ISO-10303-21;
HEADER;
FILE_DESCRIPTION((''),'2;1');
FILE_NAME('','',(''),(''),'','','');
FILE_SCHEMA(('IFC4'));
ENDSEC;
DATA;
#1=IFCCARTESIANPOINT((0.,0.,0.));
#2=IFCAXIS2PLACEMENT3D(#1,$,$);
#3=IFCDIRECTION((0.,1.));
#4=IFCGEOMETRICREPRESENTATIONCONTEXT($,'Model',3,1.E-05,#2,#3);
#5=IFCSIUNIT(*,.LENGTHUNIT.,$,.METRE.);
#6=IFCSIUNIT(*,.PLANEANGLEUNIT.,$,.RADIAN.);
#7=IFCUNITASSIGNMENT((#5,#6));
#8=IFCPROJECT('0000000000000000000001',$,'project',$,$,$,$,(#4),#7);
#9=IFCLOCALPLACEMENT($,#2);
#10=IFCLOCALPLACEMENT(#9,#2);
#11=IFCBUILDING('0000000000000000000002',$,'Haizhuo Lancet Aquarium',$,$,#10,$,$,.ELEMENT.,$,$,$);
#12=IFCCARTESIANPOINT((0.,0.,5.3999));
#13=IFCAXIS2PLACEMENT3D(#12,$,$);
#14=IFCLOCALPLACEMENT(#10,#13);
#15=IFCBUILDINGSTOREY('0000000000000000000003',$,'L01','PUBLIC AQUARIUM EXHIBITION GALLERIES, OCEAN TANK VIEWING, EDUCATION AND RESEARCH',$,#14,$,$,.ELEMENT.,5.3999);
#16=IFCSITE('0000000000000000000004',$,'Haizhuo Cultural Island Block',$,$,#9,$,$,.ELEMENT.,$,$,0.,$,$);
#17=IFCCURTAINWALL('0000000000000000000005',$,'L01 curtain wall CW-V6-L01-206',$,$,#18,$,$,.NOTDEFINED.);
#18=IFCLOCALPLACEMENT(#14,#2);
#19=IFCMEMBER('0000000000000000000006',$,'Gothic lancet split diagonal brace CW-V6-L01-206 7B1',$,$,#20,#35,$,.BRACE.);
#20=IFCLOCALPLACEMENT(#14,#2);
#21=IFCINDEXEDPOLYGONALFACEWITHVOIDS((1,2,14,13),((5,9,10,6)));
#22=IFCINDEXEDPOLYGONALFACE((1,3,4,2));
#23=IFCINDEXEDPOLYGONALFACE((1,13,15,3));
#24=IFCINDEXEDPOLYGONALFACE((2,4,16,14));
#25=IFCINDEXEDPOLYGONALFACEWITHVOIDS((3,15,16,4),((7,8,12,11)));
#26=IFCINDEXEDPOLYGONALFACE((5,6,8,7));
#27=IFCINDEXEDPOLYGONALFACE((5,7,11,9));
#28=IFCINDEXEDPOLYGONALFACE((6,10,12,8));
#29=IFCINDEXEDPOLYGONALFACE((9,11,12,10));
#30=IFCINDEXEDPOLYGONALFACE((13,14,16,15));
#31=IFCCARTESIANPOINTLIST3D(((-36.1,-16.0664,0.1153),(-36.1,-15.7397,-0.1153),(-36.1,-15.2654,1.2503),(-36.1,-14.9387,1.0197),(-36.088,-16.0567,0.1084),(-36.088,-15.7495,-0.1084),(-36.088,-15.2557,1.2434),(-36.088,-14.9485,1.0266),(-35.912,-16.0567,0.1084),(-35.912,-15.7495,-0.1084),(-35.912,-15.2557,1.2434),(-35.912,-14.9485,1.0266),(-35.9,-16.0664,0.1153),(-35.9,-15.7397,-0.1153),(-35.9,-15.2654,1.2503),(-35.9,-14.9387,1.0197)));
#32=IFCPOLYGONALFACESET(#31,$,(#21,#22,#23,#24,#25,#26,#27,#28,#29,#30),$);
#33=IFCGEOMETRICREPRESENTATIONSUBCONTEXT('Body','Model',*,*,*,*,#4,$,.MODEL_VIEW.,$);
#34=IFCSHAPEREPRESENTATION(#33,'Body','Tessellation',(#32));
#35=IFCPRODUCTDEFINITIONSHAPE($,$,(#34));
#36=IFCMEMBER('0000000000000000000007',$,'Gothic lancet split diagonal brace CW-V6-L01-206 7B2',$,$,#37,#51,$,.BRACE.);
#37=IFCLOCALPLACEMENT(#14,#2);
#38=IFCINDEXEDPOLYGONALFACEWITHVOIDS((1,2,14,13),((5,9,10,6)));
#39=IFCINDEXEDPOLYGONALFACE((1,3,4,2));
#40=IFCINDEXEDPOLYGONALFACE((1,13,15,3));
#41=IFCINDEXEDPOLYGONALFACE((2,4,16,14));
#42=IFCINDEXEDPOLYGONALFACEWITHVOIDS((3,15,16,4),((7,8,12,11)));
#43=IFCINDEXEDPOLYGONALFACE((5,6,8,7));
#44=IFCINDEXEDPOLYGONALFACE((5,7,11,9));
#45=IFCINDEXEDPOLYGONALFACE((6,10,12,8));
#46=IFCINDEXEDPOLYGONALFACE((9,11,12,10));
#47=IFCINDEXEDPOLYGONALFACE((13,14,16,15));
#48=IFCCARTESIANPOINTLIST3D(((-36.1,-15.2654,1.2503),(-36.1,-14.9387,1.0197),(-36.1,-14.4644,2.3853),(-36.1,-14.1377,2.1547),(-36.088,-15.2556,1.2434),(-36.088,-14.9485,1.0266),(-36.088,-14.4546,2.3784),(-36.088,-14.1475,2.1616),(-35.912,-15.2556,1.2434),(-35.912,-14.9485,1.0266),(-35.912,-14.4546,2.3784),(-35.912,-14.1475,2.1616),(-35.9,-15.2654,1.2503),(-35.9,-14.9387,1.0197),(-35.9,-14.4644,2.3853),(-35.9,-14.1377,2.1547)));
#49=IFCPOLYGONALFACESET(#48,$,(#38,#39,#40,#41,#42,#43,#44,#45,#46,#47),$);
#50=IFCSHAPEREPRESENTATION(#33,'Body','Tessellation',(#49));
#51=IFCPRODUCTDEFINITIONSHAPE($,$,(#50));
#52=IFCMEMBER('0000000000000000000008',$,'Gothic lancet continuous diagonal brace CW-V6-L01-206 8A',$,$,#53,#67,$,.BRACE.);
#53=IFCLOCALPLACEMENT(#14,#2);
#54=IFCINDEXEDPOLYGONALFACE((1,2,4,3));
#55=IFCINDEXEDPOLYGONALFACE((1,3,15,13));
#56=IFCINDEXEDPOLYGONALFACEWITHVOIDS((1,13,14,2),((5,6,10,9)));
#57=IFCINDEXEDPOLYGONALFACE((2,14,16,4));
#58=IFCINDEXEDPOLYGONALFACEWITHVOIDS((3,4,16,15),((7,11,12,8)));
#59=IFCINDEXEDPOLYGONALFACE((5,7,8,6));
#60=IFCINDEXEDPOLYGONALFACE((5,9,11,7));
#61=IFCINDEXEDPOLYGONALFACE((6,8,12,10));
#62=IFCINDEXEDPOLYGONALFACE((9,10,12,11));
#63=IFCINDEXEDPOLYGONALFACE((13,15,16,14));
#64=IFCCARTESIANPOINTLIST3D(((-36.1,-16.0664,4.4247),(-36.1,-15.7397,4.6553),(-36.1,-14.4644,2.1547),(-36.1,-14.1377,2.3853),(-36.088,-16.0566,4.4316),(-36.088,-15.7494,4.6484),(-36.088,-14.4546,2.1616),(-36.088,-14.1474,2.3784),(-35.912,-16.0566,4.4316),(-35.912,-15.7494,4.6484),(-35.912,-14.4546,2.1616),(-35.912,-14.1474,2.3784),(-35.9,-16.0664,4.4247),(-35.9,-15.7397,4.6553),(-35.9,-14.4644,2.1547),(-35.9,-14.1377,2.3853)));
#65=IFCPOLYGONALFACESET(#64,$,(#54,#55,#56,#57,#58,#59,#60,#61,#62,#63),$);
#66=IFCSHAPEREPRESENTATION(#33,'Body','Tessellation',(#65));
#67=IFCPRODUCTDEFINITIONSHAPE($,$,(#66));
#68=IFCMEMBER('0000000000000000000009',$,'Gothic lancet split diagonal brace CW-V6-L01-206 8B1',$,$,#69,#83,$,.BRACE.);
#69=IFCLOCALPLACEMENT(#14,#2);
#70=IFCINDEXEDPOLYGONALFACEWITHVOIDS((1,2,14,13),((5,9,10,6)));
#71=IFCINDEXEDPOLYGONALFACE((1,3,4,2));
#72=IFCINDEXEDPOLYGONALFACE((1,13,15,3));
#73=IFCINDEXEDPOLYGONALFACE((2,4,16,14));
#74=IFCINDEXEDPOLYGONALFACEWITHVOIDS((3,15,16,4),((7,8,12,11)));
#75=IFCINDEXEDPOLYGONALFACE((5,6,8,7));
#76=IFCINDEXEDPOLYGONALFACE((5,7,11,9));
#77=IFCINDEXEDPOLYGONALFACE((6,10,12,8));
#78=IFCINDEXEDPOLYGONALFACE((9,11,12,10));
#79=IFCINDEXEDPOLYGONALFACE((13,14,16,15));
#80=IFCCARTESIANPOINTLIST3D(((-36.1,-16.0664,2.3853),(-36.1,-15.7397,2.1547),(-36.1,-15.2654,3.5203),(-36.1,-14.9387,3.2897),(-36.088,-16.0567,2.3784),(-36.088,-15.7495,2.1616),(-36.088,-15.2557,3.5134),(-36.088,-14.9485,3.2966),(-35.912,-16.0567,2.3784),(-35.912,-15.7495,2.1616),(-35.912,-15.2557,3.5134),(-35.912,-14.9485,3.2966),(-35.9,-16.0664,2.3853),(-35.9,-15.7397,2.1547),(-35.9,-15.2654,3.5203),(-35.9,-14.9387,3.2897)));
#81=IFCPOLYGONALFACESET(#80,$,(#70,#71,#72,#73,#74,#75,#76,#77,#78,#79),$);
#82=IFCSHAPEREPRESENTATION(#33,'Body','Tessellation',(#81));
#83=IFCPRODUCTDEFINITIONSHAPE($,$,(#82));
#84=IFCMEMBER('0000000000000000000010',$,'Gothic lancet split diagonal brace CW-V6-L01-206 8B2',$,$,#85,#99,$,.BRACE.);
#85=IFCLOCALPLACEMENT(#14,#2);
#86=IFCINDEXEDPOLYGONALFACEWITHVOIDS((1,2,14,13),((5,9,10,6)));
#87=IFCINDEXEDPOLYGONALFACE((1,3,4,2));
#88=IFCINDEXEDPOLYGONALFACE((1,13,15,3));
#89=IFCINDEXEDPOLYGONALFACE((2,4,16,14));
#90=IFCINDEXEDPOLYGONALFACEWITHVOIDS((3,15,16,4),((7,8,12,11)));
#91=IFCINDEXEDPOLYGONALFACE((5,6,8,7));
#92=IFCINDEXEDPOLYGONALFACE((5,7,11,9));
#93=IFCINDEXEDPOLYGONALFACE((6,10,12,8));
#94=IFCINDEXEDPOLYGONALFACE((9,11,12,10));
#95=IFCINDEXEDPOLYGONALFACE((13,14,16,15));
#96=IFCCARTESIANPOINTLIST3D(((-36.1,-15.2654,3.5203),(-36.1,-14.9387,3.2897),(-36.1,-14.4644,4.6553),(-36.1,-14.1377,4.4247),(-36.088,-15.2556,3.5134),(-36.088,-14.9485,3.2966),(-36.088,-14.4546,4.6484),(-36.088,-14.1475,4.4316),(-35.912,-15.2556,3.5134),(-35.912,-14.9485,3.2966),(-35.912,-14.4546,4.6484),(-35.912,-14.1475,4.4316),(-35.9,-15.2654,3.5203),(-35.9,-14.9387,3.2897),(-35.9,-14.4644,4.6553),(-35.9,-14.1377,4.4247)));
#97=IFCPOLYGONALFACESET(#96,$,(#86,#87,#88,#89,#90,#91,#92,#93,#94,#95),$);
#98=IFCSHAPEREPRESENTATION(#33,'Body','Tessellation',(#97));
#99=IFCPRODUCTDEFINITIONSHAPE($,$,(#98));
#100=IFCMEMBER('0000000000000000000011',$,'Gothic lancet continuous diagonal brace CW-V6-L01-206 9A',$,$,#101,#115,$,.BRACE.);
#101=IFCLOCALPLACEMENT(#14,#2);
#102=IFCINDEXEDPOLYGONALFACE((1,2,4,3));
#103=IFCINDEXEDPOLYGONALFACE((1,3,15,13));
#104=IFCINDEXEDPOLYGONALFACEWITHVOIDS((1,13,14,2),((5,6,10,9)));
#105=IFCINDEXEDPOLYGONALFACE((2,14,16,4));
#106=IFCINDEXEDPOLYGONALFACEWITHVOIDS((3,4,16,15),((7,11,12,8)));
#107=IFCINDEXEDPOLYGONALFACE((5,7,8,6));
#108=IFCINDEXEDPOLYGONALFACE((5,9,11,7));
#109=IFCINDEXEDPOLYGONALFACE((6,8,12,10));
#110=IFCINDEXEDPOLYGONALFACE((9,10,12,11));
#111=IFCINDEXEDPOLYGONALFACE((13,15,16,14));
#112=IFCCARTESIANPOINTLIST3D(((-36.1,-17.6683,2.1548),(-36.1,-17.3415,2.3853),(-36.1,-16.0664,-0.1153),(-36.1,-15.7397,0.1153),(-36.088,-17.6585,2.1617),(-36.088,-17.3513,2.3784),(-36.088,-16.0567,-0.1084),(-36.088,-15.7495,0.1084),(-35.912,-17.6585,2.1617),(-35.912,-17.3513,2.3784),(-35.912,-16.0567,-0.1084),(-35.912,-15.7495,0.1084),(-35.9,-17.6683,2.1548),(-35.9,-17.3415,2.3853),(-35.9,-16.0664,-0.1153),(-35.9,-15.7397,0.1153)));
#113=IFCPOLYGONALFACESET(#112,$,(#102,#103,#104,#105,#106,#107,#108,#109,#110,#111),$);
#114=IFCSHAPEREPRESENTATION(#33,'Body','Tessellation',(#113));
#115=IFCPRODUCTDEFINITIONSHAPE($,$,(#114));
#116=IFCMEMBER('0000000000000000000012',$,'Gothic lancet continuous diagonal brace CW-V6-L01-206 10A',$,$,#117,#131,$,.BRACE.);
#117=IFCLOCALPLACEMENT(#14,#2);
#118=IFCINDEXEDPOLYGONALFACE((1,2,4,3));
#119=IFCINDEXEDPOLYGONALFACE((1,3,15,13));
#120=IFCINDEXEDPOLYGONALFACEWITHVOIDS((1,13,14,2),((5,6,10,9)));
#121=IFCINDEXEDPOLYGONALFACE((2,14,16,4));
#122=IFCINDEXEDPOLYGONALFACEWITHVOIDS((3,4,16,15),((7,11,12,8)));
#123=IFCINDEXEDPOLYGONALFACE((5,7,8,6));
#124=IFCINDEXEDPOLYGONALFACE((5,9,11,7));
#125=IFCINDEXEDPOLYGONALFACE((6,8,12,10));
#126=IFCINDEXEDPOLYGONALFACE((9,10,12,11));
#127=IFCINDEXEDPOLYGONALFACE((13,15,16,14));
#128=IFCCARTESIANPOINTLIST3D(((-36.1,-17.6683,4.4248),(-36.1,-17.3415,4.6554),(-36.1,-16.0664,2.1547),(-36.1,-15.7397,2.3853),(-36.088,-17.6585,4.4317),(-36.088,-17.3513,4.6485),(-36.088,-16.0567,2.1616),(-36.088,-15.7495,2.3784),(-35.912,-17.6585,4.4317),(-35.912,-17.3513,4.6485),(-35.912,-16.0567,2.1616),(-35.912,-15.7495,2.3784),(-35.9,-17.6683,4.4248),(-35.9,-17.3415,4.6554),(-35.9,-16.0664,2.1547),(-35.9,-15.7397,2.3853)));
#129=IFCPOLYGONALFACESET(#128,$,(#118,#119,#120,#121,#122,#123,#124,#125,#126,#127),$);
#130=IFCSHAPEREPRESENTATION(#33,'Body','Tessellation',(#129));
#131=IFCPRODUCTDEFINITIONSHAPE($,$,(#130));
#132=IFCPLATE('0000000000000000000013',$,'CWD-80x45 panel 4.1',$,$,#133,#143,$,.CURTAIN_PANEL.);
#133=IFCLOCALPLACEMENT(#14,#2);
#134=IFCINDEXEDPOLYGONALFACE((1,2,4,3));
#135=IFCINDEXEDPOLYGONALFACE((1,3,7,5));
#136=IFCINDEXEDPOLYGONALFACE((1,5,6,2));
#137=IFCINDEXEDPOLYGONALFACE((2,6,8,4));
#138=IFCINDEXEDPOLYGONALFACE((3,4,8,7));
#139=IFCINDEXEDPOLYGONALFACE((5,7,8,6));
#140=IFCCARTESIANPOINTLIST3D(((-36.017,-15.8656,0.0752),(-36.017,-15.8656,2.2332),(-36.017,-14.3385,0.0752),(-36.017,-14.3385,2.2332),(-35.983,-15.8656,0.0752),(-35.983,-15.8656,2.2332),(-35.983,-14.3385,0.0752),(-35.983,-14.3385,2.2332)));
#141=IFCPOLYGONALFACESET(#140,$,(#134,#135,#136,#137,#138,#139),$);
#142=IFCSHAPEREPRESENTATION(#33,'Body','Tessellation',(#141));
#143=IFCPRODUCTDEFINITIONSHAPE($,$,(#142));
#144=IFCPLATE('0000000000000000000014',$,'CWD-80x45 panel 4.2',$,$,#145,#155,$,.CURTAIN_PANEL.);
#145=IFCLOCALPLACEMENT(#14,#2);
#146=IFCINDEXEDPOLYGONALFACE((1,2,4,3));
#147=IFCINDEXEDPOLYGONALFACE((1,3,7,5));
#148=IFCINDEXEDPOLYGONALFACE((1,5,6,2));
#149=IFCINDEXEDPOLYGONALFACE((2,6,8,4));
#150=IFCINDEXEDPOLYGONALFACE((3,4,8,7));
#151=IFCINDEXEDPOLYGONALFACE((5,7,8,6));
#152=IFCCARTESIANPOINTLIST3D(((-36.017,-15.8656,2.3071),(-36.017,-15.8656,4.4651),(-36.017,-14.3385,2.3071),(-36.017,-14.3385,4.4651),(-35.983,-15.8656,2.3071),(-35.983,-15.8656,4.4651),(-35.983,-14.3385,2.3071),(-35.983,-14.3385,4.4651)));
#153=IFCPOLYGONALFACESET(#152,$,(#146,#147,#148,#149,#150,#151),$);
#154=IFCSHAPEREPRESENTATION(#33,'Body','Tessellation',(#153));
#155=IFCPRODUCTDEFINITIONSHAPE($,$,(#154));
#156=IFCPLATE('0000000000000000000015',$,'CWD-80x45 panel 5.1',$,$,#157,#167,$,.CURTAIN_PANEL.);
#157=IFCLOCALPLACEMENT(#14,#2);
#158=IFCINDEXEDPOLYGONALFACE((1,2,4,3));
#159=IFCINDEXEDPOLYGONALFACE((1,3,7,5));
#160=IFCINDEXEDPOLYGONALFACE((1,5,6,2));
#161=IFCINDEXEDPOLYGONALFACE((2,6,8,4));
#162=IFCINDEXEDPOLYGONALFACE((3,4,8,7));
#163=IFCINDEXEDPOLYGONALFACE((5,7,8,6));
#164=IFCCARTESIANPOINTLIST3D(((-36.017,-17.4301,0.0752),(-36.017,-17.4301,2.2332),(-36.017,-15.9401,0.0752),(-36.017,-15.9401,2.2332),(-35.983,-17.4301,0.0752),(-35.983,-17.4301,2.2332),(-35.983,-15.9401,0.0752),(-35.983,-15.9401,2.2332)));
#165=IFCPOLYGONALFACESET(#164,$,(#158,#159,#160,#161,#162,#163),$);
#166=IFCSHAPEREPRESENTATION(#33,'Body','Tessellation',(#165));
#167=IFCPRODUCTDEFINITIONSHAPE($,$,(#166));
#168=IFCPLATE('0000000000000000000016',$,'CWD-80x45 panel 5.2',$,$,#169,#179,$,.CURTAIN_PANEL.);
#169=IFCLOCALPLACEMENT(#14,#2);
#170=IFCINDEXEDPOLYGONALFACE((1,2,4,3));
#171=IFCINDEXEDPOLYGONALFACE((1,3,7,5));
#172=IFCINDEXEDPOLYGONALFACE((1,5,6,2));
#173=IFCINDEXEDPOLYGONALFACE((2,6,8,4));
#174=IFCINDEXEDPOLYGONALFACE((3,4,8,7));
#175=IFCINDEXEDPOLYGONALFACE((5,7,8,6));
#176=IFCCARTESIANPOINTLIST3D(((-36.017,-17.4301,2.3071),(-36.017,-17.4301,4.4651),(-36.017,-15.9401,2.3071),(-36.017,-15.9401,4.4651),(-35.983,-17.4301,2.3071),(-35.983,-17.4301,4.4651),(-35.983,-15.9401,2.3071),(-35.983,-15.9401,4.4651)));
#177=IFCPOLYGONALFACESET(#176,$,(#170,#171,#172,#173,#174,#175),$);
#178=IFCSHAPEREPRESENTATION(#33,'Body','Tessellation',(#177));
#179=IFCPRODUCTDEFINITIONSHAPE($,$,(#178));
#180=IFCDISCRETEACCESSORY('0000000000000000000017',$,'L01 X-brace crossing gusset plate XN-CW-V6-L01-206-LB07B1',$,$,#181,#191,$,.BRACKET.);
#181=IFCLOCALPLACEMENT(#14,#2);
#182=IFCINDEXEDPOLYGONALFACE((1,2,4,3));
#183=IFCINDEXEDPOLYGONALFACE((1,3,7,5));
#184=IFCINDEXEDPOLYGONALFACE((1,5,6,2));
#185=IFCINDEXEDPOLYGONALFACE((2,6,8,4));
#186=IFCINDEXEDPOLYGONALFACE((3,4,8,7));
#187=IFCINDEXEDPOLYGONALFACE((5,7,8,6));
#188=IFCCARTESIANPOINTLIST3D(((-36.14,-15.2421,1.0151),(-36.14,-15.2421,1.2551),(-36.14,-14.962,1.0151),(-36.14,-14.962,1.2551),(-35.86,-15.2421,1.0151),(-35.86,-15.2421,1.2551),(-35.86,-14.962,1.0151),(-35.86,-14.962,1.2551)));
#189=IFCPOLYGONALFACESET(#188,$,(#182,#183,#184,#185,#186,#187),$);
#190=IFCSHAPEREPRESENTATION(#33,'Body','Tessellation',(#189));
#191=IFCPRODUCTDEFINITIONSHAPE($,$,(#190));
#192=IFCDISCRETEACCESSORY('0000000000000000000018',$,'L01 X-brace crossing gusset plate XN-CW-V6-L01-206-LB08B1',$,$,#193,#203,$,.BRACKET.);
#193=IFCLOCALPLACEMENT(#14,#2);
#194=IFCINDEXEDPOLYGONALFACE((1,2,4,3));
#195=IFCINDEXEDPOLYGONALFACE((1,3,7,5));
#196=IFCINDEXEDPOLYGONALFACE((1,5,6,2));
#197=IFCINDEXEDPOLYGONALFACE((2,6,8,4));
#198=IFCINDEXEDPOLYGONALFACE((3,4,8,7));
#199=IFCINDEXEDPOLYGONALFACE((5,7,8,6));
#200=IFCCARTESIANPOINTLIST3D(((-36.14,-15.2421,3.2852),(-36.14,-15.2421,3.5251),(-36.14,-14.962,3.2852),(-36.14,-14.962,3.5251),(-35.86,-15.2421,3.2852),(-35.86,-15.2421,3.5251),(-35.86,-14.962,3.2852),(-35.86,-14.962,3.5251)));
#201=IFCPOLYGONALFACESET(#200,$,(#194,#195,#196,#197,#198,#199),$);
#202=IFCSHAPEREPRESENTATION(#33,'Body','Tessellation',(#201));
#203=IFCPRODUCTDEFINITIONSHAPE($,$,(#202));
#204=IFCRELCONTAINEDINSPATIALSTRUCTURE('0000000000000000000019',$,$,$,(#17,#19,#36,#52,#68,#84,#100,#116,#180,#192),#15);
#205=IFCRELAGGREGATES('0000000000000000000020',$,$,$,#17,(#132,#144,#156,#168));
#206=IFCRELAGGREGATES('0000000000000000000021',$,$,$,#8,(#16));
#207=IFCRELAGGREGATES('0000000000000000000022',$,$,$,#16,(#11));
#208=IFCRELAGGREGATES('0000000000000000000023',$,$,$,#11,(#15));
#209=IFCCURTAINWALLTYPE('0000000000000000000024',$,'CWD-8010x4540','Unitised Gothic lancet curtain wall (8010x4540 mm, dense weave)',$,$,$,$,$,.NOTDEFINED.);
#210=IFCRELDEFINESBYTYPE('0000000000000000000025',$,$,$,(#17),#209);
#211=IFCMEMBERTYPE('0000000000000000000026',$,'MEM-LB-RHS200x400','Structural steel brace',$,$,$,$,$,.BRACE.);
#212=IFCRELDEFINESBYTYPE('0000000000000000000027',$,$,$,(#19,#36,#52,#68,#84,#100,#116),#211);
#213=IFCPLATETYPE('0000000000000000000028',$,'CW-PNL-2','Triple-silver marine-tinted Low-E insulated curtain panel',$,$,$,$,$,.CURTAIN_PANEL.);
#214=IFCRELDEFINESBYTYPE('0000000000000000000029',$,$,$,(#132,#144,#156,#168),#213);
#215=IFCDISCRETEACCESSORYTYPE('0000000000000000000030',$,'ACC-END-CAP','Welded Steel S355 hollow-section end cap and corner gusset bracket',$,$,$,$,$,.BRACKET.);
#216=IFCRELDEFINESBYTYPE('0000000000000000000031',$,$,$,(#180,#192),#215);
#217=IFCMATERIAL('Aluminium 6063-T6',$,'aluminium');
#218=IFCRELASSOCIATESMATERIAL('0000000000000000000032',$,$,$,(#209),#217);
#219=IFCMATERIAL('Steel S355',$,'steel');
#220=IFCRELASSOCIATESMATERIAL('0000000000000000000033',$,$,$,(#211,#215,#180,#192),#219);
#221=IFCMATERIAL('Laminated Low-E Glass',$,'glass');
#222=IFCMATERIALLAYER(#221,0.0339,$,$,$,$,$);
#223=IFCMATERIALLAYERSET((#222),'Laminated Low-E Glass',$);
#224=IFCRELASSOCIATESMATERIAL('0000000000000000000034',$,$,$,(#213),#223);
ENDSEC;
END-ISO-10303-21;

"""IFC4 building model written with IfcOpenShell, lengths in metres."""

from ifc_helpers import new_model, si_unit, direction, frame, origin, origin_2d, place, context, subcontext, project, spatial, rectangle, hollow_rectangle, extrude, material, layer, layer_set, material_profile, profile_set, type_object, element, aggregate, save


model = new_model("IFC4")

# Units and contexts
model_context = context("Model", 3, precision=1e-05, world=origin(), true_north=direction((0.0, 1.0)))
body_context = subcontext(model_context, "Body", "Model", "MODEL_VIEW")
ifc_project = project(units=[si_unit("LENGTHUNIT", "METRE"), si_unit("PLANEANGLEUNIT", "RADIAN")], contexts=[model_context])

# Site, building, storey
site_placement = place(None, origin())
site = spatial("IfcSite", under=ifc_project, at=site_placement, Name="Haizhuo Cultural Island Block", CompositionType="ELEMENT", RefElevation=0.0)
building_placement = place(site_placement, origin())
building = spatial("IfcBuilding", under=site, at=building_placement, Name="Haizhuo Lancet Aquarium", CompositionType="ELEMENT")
storey_placement = place(building_placement, frame((0.0, 0.0, 5.3999)))
storey = spatial("IfcBuildingStorey", under=building, at=storey_placement, Name="L01", Description="PUBLIC AQUARIUM EXHIBITION GALLERIES, OCEAN TANK VIEWING, EDUCATION AND RESEARCH", CompositionType="ELEMENT", Elevation=5.3999)

# Curtain wall
ifc_material_1 = material(Name="Aluminium 6063-T6", Category="aluminium")
curtain_wall_type = type_object("IfcCurtainWallType", Name="CWD-8010x4540", Description="Unitised Gothic lancet curtain wall (8010x4540 mm, dense weave)", PredefinedType="NOTDEFINED", material=ifc_material_1)
curtain_wall_placement = place(storey_placement, origin())
curtain_wall = element("IfcCurtainWall", 1, at=curtain_wall_placement, inside=storey, type_object=curtain_wall_type, Name="L01 curtain wall CW-V6-L01-206", PredefinedType="NOTDEFINED")

# Members
ifc_material_2 = material(Name="Steel S355", Category="steel")
ifc_material_profile_1 = material_profile(ifc_material_2, hollow_rectangle(XDim=0.2, YDim=0.3999, WallThickness=0.012, at=origin_2d()), Name="RHS 200x400x12")
ifc_profile_set_1 = profile_set([ifc_material_profile_1], Name="Steel S355")
member_type_1 = type_object("IfcMemberType", Name="MEM-LB-RHS200x400", Description="Structural steel brace", PredefinedType="BRACE", material=ifc_profile_set_1)
for number, where, z_axis, x_axis, name in (
    (2, (-36.0, -15.9031, 0.0), (0.0, 0.576607, 0.817021), (-1.0, 0.0, 0.0), "Gothic lancet split diagonal brace CW-V6-L01-206 7B1"),
    (3, (-36.0, -15.1021, 1.135), (0.0, 0.576607, 0.817021), (-1.0, 0.0, 0.0), "Gothic lancet split diagonal brace CW-V6-L01-206 7B2"),
):
    element("IfcMember", number, at=place(storey_placement, frame(where, z_axis=z_axis, x_axis=x_axis)), inside=storey, type_object=member_type_1, Name=name, PredefinedType="BRACE", context=body_context, shape_type="SweptSolid", body=[
        extrude(hollow_rectangle(XDim=0.2, YDim=0.3999, WallThickness=0.012, at=origin_2d()), origin(), (0.0, 0.0, 1.0), 1.3892),
    ])
member_1_placement = place(storey_placement, frame((-36.0, -14.301, 2.27), z_axis=(0.0, -0.576607, 0.817021), x_axis=(1.0, 0.0, 0.0)))
element("IfcMember", 4, at=member_1_placement, inside=storey, type_object=member_type_1, Name="Gothic lancet continuous diagonal brace CW-V6-L01-206 8A", PredefinedType="BRACE", context=body_context, shape_type="SweptSolid", body=[
    extrude(hollow_rectangle(XDim=0.2, YDim=0.3999, WallThickness=0.012, at=origin_2d()), origin(), (0.0, 0.0, 1.0), 2.7783),
])
for number, where, z_axis, x_axis, name in (
    (5, (-36.0, -15.9031, 2.27), (0.0, 0.576607, 0.817021), (-1.0, 0.0, 0.0), "Gothic lancet split diagonal brace CW-V6-L01-206 8B1"),
    (6, (-36.0, -15.1021, 3.405), (0.0, 0.576607, 0.817021), (-1.0, 0.0, 0.0), "Gothic lancet split diagonal brace CW-V6-L01-206 8B2"),
):
    element("IfcMember", number, at=place(storey_placement, frame(where, z_axis=z_axis, x_axis=x_axis)), inside=storey, type_object=member_type_1, Name=name, PredefinedType="BRACE", context=body_context, shape_type="SweptSolid", body=[
        extrude(hollow_rectangle(XDim=0.2, YDim=0.3999, WallThickness=0.012, at=origin_2d()), origin(), (0.0, 0.0, 1.0), 1.3892),
    ])
for number, where, z_axis, x_axis, name in (
    (7, (-36.0, -15.9031, 0.0), (0.0, -0.576549, 0.817063), (1.0, 0.0, 0.0), "Gothic lancet continuous diagonal brace CW-V6-L01-206 9A"),
    (8, (-36.0, -15.9031, 2.27), (0.0, -0.576549, 0.817063), (1.0, 0.0, 0.0), "Gothic lancet continuous diagonal brace CW-V6-L01-206 10A"),
):
    element("IfcMember", number, at=place(storey_placement, frame(where, z_axis=z_axis, x_axis=x_axis)), inside=storey, type_object=member_type_1, Name=name, PredefinedType="BRACE", context=body_context, shape_type="SweptSolid", body=[
        extrude(hollow_rectangle(XDim=0.2, YDim=0.3999, WallThickness=0.012, at=origin_2d()), origin(), (0.0, 0.0, 1.0), 2.7783),
    ])

# Plates
ifc_material_3 = material(Name="Laminated Low-E Glass", Category="glass")
ifc_layer = layer(ifc_material_3, 0.0339)
ifc_layer_set = layer_set([ifc_layer], Name="Laminated Low-E Glass")
plate_type = type_object("IfcPlateType", Name="CW-PNL-2", Description="Triple-silver marine-tinted Low-E insulated curtain panel", PredefinedType="CURTAIN_PANEL", material=ifc_layer_set)
plate_1_placement = place(storey_placement, frame((-36.0, -15.1021, 0.0752), z_axis=(0.0, 0.0, 1.0), x_axis=(0.0, -1.0, 0.0)))
plate_1 = element("IfcPlate", 9, at=plate_1_placement, type_object=plate_type, Name="CWD-80x45 panel 4.1", PredefinedType="CURTAIN_PANEL", context=body_context, shape_type="SweptSolid", body=[
    extrude(rectangle(XDim=1.5271, YDim=0.0339, at=origin_2d()), origin(), (0.0, 0.0, 1.0), 2.158),
])
plate_2_placement = place(storey_placement, frame((-36.0, -15.1021, 2.3071), z_axis=(0.0, 0.0, 1.0), x_axis=(0.0, -1.0, 0.0)))
plate_2 = element("IfcPlate", 10, at=plate_2_placement, type_object=plate_type, Name="CWD-80x45 panel 4.2", PredefinedType="CURTAIN_PANEL", context=body_context, shape_type="SweptSolid", body=[
    extrude(rectangle(XDim=1.5271, YDim=0.0339, at=origin_2d()), origin(), (0.0, 0.0, 1.0), 2.158),
])
plate_3_placement = place(storey_placement, frame((-36.0, -16.6851, 0.0752), z_axis=(0.0, 0.0, 1.0), x_axis=(0.0, -1.0, 0.0)))
plate_3 = element("IfcPlate", 11, at=plate_3_placement, type_object=plate_type, Name="CWD-80x45 panel 5.1", PredefinedType="CURTAIN_PANEL", context=body_context, shape_type="SweptSolid", body=[
    extrude(rectangle(XDim=1.49, YDim=0.0339, at=origin_2d()), origin(), (0.0, 0.0, 1.0), 2.158),
])
plate_4_placement = place(storey_placement, frame((-36.0, -16.6851, 2.3071), z_axis=(0.0, 0.0, 1.0), x_axis=(0.0, -1.0, 0.0)))
plate_4 = element("IfcPlate", 12, at=plate_4_placement, type_object=plate_type, Name="CWD-80x45 panel 5.2", PredefinedType="CURTAIN_PANEL", context=body_context, shape_type="SweptSolid", body=[
    extrude(rectangle(XDim=1.49, YDim=0.0339, at=origin_2d()), origin(), (0.0, 0.0, 1.0), 2.158),
])
aggregate(curtain_wall, [plate_1, plate_2, plate_3, plate_4])

# Discrete accessories
discrete_accessory_type = type_object("IfcDiscreteAccessoryType", Name="ACC-END-CAP", Description="Welded Steel S355 hollow-section end cap and corner gusset bracket", PredefinedType="BRACKET", material=ifc_material_2)
for number, where, z_axis, x_axis, name in (
    (13, (-36.0, -15.1021, 1.0151), (0.0, 0.0, 1.0), (1.0, 0.0, 0.0), "L01 X-brace crossing gusset plate XN-CW-V6-L01-206-LB07B1"),
    (14, (-36.0, -15.1021, 3.2852), (0.0, 0.0, 1.0), (1.0, 0.0, 0.0), "L01 X-brace crossing gusset plate XN-CW-V6-L01-206-LB08B1"),
):
    element("IfcDiscreteAccessory", number, at=place(storey_placement, frame(where, z_axis=z_axis, x_axis=x_axis)), inside=storey, type_object=discrete_accessory_type, material=ifc_material_2, Name=name, PredefinedType="BRACKET", context=body_context, shape_type="SweptSolid", body=[
        extrude(rectangle(XDim=0.28, YDim=0.28, at=origin_2d()), origin(), (0.0, 0.0, 1.0), 0.24),
    ])

save(model, "model.ifc")
